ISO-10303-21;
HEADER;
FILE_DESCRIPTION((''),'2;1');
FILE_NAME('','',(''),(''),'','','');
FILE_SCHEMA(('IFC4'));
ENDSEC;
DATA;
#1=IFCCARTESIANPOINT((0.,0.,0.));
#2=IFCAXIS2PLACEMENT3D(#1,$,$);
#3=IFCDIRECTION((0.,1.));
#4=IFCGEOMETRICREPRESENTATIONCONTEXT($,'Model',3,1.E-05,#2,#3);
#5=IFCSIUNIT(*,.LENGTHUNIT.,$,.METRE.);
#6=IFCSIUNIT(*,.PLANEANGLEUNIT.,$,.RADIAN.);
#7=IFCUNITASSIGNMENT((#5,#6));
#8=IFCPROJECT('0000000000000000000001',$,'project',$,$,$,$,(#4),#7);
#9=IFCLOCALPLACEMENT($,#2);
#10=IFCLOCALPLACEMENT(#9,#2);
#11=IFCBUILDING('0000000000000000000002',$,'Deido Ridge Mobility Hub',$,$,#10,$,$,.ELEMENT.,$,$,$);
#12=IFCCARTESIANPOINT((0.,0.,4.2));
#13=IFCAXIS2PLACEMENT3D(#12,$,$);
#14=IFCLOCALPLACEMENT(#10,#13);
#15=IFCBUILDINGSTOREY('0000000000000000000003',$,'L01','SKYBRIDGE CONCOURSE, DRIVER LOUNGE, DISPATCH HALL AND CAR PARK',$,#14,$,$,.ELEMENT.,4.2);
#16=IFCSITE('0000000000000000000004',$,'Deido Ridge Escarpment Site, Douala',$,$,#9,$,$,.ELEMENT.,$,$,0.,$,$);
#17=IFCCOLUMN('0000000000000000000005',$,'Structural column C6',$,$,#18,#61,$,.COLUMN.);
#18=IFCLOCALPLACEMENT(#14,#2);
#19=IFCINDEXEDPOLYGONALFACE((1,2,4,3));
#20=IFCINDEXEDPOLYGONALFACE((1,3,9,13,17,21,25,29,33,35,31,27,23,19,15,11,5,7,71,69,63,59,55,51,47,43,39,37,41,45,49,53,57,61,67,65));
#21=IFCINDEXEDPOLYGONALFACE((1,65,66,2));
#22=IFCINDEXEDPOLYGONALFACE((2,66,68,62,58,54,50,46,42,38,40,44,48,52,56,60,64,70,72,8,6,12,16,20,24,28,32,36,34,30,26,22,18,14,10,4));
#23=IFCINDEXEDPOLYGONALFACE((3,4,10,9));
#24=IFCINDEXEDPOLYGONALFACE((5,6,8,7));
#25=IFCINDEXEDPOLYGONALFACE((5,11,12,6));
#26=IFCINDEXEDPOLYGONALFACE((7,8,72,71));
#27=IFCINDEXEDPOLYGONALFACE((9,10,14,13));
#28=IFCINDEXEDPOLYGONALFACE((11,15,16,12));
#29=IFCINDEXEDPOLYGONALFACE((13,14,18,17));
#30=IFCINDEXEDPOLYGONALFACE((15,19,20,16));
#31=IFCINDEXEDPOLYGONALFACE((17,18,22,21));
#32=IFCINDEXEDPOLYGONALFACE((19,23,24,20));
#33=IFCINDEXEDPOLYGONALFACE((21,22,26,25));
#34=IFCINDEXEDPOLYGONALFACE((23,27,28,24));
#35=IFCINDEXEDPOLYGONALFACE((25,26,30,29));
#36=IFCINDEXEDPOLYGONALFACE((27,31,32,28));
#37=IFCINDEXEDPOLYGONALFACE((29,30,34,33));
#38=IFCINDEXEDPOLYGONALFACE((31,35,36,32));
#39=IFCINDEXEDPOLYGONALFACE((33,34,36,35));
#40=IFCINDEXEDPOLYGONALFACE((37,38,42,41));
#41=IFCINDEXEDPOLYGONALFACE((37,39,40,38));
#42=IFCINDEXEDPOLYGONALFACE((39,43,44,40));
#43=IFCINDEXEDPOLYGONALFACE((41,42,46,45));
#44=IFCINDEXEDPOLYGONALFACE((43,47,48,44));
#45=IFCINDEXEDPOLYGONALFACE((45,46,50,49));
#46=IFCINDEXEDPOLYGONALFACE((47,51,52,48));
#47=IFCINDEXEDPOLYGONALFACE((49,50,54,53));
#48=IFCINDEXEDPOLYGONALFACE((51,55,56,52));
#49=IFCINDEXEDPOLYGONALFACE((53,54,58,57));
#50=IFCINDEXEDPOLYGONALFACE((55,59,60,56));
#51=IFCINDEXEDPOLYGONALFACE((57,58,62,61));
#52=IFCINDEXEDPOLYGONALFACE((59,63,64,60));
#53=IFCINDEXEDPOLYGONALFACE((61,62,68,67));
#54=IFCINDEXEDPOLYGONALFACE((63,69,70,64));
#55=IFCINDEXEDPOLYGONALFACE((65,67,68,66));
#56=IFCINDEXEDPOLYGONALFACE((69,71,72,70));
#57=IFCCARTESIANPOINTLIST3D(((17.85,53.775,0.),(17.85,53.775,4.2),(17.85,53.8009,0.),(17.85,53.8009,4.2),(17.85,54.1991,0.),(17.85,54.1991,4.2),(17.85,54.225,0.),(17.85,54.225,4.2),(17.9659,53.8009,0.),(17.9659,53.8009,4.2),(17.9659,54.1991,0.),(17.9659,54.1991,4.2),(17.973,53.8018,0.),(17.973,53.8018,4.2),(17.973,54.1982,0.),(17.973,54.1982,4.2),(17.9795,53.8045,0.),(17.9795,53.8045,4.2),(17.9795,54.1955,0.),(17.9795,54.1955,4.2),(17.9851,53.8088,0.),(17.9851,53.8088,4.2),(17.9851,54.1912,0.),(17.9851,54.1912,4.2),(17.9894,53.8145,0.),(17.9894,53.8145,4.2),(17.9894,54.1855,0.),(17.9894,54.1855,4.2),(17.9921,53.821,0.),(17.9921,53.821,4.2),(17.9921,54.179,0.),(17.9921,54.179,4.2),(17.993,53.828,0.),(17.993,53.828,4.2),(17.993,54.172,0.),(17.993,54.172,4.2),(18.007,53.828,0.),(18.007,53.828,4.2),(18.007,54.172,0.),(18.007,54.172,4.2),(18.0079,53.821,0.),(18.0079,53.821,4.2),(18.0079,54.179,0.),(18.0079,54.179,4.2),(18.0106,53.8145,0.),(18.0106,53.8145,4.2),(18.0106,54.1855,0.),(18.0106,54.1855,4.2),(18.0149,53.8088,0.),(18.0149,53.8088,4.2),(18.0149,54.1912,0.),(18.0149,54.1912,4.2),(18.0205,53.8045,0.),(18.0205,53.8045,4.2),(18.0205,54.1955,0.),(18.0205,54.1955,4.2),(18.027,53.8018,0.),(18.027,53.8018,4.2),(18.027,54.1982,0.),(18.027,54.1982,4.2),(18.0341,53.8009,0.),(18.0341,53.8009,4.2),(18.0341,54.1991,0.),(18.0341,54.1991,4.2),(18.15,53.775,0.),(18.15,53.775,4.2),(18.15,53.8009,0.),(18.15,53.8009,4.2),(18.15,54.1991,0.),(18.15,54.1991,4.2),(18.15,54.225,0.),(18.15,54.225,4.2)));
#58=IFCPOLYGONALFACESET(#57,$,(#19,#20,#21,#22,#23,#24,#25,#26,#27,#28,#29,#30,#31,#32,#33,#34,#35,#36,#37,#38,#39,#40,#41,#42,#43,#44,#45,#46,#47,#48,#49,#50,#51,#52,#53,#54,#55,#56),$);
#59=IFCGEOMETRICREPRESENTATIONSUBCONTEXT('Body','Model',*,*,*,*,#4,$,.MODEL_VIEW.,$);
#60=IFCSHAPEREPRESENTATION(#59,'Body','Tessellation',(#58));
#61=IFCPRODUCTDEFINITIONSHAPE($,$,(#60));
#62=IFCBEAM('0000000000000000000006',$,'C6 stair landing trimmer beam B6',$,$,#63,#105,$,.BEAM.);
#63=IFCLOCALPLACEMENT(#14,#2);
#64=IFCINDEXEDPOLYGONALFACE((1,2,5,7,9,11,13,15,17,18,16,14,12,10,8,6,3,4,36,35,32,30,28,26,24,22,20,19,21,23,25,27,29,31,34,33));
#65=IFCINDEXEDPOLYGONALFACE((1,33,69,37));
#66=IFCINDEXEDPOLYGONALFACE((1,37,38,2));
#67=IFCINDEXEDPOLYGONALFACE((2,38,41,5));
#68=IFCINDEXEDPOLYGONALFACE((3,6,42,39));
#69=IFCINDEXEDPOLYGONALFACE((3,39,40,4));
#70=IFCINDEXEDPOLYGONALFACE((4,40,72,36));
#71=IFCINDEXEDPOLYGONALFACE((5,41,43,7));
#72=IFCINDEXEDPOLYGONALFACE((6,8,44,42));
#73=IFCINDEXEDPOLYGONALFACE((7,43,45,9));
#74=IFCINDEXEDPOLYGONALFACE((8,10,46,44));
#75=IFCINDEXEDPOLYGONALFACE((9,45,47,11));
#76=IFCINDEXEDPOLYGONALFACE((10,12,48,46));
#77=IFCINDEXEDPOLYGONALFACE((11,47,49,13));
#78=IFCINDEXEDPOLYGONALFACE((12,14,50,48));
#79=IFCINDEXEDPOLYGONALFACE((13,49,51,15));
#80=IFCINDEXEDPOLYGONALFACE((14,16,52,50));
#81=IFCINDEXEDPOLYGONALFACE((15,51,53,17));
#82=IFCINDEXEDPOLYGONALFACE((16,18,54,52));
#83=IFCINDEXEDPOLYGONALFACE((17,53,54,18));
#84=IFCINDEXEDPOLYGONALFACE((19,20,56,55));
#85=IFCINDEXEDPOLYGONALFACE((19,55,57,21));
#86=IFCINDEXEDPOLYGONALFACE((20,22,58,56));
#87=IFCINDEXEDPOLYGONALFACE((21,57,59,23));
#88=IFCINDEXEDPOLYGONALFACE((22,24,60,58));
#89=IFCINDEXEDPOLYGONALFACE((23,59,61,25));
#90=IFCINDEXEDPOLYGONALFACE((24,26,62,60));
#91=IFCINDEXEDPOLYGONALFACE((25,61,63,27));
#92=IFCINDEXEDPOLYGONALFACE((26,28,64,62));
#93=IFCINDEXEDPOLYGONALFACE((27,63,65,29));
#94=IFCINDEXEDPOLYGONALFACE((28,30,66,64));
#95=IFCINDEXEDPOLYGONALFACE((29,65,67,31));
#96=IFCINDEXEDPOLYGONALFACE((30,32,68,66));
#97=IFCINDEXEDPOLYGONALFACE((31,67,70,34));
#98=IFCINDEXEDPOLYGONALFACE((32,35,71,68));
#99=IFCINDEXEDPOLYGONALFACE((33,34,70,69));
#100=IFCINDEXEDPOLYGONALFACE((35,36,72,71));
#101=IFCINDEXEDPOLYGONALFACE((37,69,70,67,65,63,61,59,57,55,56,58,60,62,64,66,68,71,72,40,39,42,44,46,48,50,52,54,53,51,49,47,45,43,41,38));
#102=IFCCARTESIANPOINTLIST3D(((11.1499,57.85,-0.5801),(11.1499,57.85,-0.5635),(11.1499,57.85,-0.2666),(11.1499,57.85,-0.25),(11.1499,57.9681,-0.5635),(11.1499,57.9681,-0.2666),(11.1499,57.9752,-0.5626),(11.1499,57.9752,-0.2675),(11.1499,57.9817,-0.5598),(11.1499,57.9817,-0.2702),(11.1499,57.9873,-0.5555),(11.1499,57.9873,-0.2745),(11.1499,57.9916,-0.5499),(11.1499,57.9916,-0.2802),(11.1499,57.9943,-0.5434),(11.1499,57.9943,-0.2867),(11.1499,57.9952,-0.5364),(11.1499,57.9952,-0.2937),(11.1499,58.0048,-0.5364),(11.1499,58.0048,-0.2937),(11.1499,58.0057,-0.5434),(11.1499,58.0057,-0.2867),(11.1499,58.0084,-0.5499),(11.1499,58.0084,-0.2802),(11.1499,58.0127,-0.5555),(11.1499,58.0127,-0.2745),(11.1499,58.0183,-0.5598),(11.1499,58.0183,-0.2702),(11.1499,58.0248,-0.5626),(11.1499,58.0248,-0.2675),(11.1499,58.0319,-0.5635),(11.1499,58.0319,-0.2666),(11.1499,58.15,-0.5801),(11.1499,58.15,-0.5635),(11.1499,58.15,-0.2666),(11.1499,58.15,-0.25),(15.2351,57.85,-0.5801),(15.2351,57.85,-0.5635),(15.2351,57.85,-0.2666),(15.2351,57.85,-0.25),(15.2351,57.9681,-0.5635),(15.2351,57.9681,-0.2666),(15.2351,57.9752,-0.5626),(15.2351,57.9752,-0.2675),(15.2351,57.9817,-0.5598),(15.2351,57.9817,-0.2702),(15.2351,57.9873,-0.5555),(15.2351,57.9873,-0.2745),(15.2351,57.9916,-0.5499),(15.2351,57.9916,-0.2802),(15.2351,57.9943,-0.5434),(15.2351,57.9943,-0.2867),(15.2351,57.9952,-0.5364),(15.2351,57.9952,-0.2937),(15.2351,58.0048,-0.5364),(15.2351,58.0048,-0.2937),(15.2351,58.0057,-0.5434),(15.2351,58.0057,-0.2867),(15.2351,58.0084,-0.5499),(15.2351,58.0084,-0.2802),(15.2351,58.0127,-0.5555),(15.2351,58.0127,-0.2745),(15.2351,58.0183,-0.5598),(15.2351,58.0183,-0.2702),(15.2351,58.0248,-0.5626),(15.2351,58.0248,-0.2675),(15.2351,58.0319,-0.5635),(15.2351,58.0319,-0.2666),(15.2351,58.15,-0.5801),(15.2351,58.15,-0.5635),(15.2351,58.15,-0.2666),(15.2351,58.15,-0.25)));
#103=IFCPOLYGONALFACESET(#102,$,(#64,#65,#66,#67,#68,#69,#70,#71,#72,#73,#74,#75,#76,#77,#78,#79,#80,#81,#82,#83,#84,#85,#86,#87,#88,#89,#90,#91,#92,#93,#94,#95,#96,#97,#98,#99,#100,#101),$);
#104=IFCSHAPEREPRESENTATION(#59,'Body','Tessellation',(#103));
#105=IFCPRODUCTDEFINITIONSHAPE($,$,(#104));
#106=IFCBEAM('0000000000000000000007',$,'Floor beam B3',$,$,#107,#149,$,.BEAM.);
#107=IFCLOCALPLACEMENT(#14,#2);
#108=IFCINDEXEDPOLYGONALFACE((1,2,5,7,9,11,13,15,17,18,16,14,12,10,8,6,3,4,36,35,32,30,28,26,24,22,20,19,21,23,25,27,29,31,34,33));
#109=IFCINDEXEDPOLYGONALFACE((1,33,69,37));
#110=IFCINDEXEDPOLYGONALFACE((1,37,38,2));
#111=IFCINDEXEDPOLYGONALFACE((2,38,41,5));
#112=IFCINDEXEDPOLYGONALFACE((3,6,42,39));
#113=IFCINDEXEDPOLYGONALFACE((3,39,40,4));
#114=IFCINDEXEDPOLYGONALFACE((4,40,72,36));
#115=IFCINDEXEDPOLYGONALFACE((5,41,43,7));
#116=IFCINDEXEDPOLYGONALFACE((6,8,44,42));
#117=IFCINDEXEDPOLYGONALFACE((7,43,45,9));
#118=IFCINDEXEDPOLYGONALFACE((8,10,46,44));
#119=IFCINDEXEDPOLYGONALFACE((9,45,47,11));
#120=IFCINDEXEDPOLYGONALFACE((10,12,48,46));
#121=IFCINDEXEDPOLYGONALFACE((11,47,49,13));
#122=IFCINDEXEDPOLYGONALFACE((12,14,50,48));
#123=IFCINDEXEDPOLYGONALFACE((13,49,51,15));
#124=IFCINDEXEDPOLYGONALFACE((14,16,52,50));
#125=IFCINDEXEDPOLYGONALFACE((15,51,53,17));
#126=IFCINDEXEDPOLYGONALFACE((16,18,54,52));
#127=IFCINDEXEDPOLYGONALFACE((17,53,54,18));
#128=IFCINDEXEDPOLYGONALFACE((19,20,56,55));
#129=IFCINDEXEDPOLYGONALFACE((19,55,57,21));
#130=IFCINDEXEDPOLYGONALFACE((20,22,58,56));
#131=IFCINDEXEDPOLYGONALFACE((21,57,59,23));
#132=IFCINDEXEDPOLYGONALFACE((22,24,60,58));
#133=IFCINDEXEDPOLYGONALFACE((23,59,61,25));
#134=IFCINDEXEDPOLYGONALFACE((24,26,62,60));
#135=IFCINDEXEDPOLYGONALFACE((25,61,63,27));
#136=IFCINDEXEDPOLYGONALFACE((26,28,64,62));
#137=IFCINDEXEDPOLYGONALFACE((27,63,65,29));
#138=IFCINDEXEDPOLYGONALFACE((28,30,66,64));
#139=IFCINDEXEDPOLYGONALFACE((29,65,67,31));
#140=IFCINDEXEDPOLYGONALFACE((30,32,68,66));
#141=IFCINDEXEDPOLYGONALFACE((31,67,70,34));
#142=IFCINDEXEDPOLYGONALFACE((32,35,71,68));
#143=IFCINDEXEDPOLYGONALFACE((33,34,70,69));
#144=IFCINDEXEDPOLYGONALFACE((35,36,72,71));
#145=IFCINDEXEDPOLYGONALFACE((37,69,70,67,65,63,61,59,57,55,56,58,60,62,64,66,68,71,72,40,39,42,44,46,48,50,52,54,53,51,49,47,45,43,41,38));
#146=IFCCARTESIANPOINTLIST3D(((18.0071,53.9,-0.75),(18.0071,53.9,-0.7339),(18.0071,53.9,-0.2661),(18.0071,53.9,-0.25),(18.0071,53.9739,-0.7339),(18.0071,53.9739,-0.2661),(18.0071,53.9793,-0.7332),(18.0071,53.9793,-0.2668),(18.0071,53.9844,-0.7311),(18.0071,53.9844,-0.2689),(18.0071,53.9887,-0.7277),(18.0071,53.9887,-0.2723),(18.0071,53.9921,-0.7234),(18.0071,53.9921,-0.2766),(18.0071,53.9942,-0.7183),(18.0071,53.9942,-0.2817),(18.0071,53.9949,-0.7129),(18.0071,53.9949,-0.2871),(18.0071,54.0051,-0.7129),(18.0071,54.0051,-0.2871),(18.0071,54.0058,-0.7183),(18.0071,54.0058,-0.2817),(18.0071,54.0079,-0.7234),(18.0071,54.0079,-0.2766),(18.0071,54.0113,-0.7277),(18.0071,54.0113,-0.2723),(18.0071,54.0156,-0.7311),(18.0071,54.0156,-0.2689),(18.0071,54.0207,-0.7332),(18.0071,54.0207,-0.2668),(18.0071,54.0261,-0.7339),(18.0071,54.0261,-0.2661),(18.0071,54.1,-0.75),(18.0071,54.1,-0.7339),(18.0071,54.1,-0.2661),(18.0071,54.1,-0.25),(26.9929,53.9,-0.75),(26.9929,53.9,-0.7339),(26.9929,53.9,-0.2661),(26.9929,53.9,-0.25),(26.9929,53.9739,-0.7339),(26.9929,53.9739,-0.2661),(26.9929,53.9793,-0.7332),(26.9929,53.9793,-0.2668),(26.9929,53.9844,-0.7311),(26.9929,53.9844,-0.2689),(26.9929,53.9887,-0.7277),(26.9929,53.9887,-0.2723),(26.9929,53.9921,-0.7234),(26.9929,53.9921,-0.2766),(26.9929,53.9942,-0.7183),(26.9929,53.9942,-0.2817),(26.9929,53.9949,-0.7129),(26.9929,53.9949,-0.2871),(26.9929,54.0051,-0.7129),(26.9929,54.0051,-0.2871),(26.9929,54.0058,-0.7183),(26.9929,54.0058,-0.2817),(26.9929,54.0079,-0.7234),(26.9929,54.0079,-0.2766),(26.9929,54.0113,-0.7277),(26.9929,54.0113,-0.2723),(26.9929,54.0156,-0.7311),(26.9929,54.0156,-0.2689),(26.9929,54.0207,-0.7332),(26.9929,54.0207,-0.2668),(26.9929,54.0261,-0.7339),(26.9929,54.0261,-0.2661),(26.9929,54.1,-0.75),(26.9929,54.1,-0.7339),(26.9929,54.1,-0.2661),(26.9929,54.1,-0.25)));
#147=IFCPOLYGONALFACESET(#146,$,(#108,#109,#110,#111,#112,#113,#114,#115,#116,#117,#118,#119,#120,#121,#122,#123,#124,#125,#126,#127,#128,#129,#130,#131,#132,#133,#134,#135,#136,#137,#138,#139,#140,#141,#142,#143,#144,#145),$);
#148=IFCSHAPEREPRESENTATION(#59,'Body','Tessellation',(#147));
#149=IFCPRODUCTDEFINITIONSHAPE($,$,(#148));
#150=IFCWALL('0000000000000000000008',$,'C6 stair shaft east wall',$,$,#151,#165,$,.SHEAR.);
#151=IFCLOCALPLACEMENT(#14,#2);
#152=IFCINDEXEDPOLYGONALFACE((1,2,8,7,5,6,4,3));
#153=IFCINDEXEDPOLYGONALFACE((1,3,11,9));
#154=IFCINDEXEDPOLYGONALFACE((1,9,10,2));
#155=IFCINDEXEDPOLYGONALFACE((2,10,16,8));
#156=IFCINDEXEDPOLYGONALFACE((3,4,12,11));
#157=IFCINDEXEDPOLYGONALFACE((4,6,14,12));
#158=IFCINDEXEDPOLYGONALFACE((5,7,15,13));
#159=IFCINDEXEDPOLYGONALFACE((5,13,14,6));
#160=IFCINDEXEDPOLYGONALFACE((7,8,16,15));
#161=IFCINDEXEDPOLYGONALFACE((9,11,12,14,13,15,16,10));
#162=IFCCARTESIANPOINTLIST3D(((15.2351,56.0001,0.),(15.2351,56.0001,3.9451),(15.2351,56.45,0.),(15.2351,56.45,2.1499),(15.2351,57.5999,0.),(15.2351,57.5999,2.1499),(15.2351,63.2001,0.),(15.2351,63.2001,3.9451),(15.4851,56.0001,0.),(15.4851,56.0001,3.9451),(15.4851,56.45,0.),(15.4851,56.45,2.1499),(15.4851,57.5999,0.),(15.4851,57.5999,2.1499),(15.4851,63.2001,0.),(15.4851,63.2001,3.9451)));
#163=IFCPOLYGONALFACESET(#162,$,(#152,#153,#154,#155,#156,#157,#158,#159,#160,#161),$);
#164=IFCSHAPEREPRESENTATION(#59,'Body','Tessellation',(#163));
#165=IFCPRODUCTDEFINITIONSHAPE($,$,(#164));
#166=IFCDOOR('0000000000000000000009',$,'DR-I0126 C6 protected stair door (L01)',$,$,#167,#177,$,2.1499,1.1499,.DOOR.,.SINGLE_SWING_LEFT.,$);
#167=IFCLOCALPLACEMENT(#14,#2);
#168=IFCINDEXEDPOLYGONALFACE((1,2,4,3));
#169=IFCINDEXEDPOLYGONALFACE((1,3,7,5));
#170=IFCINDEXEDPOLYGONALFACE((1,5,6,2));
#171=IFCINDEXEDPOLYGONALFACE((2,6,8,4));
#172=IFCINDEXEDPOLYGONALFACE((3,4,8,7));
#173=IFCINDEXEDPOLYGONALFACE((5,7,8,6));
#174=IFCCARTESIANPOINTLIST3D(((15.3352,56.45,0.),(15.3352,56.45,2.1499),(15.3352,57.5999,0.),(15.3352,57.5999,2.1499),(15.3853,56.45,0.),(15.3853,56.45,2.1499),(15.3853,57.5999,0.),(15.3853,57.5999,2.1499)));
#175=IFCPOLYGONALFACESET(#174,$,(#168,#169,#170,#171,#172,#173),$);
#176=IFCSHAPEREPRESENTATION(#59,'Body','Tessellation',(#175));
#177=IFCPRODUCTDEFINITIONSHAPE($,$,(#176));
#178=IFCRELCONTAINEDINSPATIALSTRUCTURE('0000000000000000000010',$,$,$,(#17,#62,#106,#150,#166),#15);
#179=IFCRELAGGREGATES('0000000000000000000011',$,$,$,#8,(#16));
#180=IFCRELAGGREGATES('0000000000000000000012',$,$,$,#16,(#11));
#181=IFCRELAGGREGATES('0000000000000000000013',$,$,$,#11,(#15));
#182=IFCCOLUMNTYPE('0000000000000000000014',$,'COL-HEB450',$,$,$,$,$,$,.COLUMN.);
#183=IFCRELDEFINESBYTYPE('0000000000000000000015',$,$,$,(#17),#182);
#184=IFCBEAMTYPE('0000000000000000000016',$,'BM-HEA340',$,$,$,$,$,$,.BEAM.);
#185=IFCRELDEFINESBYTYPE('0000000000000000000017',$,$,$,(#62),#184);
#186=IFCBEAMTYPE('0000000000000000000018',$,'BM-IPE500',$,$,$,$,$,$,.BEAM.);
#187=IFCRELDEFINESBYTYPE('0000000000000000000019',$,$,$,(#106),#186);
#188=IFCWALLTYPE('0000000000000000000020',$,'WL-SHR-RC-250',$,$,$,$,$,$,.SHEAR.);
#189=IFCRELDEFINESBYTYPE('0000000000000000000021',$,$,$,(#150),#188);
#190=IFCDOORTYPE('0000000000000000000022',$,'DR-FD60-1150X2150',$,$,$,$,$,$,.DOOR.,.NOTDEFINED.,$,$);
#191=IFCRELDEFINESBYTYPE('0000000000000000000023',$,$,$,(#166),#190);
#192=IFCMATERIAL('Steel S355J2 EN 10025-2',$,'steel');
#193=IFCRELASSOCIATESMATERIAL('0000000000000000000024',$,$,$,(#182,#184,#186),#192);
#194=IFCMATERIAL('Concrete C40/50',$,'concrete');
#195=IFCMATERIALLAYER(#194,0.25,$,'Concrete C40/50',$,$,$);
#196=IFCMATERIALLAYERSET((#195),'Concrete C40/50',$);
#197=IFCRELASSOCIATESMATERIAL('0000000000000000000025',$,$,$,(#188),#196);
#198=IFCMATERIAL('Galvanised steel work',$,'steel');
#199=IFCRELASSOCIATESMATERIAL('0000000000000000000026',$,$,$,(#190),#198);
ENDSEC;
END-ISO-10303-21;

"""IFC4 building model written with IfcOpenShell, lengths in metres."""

from ifc_helpers import new_model, si_unit, direction, frame, frame_2d, origin, origin_2d, place, context, subcontext, project, spatial, rectangle, i_section, extrude, material, layer, layer_set, material_profile, profile_set, type_object, element, fill, save


model = new_model("IFC4")

# Units and contexts
model_context = context("Model", 3, precision=1e-05, world=origin(), true_north=direction((0.0, 1.0)))
body_context = subcontext(model_context, "Body", "Model", "MODEL_VIEW")
ifc_project = project(units=[si_unit("LENGTHUNIT", "METRE"), si_unit("PLANEANGLEUNIT", "RADIAN")], contexts=[model_context])

# Site, building, storey
site_placement = place(None, origin())
site = spatial("IfcSite", under=ifc_project, at=site_placement, Name="Deido Ridge Escarpment Site, Douala", CompositionType="ELEMENT", RefElevation=0.0)
building_placement = place(site_placement, origin())
building = spatial("IfcBuilding", under=site, at=building_placement, Name="Deido Ridge Mobility Hub", CompositionType="ELEMENT")
storey_placement = place(building_placement, frame((0.0, 0.0, 4.2)))
storey = spatial("IfcBuildingStorey", under=building, at=storey_placement, Name="L01", Description="SKYBRIDGE CONCOURSE, DRIVER LOUNGE, DISPATCH HALL AND CAR PARK", CompositionType="ELEMENT", Elevation=4.2)

# Column
ifc_material_1 = material(Name="Steel S355J2 EN 10025-2", Category="steel")
ifc_material_profile_1 = material_profile(ifc_material_1, i_section(OverallWidth=0.3, OverallDepth=0.45, WebThickness=0.0139, FlangeThickness=0.0259, FilletRadius=0.0271, at=origin_2d()), Name="HEB 450")
ifc_profile_set_1 = profile_set([ifc_material_profile_1], Name="Steel S355J2 EN 10025-2")
column_type = type_object("IfcColumnType", Name="COL-HEB450", PredefinedType="COLUMN", material=ifc_profile_set_1)
column_placement = place(storey_placement, frame((18.0, 54.0, 0.0), z_axis=(0.0, 0.0, 1.0), x_axis=(1.0, 0.0, 0.0)))
element("IfcColumn", 1, at=column_placement, inside=storey, type_object=column_type, Name="Structural column C6", PredefinedType="COLUMN", context=body_context, shape_type="SweptSolid", body=[
    extrude(i_section(OverallWidth=0.3, OverallDepth=0.45, WebThickness=0.0139, FlangeThickness=0.0259, FilletRadius=0.0271, at=origin_2d()), origin(), (0.0, 0.0, 1.0), 4.2),
])

# Beams
ifc_material_profile_2 = material_profile(ifc_material_1, i_section(OverallWidth=0.3, OverallDepth=0.3301, WebThickness=0.0095, FlangeThickness=0.0166, FilletRadius=0.0271, at=origin_2d()), Name="HEA 340")
ifc_profile_set_2 = profile_set([ifc_material_profile_2], Name="Steel S355J2 EN 10025-2")
beam_type_1 = type_object("IfcBeamType", Name="BM-HEA340", PredefinedType="BEAM", material=ifc_profile_set_2)
beam_1_placement = place(storey_placement, frame((11.1499, 58.0, -0.415), z_axis=(1.0, 0.0, 0.0), x_axis=(0.0, 1.0, 0.0)))
element("IfcBeam", 2, at=beam_1_placement, inside=storey, type_object=beam_type_1, Name="C6 stair landing trimmer beam B6", PredefinedType="BEAM", context=body_context, shape_type="SweptSolid", body=[
    extrude(i_section(OverallWidth=0.3, OverallDepth=0.3301, WebThickness=0.0095, FlangeThickness=0.0166, FilletRadius=0.0271, at=origin_2d()), origin(), (0.0, 0.0, 1.0), 4.0852),
])
ifc_material_profile_3 = material_profile(ifc_material_1, i_section(OverallWidth=0.2, OverallDepth=0.5, WebThickness=0.0103, FlangeThickness=0.0161, FilletRadius=0.021, at=origin_2d()), Name="IPE 500")
ifc_profile_set_3 = profile_set([ifc_material_profile_3], Name="Steel S355J2 EN 10025-2")
beam_type_2 = type_object("IfcBeamType", Name="BM-IPE500", PredefinedType="BEAM", material=ifc_profile_set_3)
beam_2_placement = place(storey_placement, frame((18.0071, 54.0, -0.5), z_axis=(1.0, 0.0, 0.0), x_axis=(0.0, 1.0, 0.0)))
element("IfcBeam", 3, at=beam_2_placement, inside=storey, type_object=beam_type_2, Name="Floor beam B3", PredefinedType="BEAM", context=body_context, shape_type="SweptSolid", body=[
    extrude(i_section(OverallWidth=0.2, OverallDepth=0.5, WebThickness=0.0103, FlangeThickness=0.0161, FilletRadius=0.021, at=origin_2d()), origin(), (0.0, 0.0, 1.0), 8.9858),
])

# Wall, opening, door
ifc_material_2 = material(Name="Concrete C40/50", Category="concrete")
ifc_layer_1 = layer(ifc_material_2, 0.25, Name="Concrete C40/50")
ifc_layer_set_1 = layer_set([ifc_layer_1], Name="Concrete C40/50")
wall_type_1 = type_object("IfcWallType", Name="WL-SHR-RC-250", PredefinedType="SHEAR", material=ifc_layer_set_1)
wall_1_placement = place(storey_placement, frame((15.3601, 56.0, 0.0), z_axis=(0.0, 0.0, 1.0), x_axis=(0.0, 1.0, 0.0)))
wall_1 = element("IfcWall", 4, at=wall_1_placement, inside=storey, type_object=wall_type_1, Name="C6 stair shaft east wall", PredefinedType="SHEAR", context=body_context, shape_type="SweptSolid", body=[
    extrude(rectangle(XDim=7.2, YDim=0.25, at=frame_2d((3.6001, 0.0))), origin(), (0.0, 0.0, 1.0), 3.9451),
])
opening_1_placement = place(wall_1_placement, frame((0.45, 0.0, 0.0)))
opening_1 = element("IfcOpeningElement", 5, at=opening_1_placement, cuts=wall_1, PredefinedType="OPENING", context=body_context, shape_type="SweptSolid", body=[
    extrude(rectangle(XDim=1.1499, YDim=2.1499, at=frame_2d((0.575, 1.075))), frame((0.0, 0.135, 0.0), z_axis=(0.0, -1.0, 0.0), x_axis=(1.0, 0.0, 0.0)), (0.0, 0.0, 1.0), 0.27),
])
ifc_material_3 = material(Name="Galvanised steel work", Category="steel")
door_type_1 = type_object("IfcDoorType", Name="DR-FD60-1150X2150", OperationType="NOTDEFINED", PredefinedType="DOOR", material=ifc_material_3)
door_1_placement = place(opening_1_placement, origin())
door_1 = element("IfcDoor", 6, at=door_1_placement, inside=storey, type_object=door_type_1, Name="DR-I0126 C6 protected stair door (L01)", OperationType="SINGLE_SWING_LEFT", OverallHeight=2.1499, OverallWidth=1.1499, PredefinedType="DOOR", context=body_context, shape_type="SweptSolid", body=[
    extrude(rectangle(XDim=1.1499, YDim=2.1499, at=frame_2d((0.575, 1.075))), frame((0.0, 0.0249, 0.0), z_axis=(0.0, -1.0, 0.0), x_axis=(1.0, 0.0, 0.0)), (0.0, 0.0, 1.0), 0.05),
])
fill(opening_1, door_1)

save(model, "model.ifc")
